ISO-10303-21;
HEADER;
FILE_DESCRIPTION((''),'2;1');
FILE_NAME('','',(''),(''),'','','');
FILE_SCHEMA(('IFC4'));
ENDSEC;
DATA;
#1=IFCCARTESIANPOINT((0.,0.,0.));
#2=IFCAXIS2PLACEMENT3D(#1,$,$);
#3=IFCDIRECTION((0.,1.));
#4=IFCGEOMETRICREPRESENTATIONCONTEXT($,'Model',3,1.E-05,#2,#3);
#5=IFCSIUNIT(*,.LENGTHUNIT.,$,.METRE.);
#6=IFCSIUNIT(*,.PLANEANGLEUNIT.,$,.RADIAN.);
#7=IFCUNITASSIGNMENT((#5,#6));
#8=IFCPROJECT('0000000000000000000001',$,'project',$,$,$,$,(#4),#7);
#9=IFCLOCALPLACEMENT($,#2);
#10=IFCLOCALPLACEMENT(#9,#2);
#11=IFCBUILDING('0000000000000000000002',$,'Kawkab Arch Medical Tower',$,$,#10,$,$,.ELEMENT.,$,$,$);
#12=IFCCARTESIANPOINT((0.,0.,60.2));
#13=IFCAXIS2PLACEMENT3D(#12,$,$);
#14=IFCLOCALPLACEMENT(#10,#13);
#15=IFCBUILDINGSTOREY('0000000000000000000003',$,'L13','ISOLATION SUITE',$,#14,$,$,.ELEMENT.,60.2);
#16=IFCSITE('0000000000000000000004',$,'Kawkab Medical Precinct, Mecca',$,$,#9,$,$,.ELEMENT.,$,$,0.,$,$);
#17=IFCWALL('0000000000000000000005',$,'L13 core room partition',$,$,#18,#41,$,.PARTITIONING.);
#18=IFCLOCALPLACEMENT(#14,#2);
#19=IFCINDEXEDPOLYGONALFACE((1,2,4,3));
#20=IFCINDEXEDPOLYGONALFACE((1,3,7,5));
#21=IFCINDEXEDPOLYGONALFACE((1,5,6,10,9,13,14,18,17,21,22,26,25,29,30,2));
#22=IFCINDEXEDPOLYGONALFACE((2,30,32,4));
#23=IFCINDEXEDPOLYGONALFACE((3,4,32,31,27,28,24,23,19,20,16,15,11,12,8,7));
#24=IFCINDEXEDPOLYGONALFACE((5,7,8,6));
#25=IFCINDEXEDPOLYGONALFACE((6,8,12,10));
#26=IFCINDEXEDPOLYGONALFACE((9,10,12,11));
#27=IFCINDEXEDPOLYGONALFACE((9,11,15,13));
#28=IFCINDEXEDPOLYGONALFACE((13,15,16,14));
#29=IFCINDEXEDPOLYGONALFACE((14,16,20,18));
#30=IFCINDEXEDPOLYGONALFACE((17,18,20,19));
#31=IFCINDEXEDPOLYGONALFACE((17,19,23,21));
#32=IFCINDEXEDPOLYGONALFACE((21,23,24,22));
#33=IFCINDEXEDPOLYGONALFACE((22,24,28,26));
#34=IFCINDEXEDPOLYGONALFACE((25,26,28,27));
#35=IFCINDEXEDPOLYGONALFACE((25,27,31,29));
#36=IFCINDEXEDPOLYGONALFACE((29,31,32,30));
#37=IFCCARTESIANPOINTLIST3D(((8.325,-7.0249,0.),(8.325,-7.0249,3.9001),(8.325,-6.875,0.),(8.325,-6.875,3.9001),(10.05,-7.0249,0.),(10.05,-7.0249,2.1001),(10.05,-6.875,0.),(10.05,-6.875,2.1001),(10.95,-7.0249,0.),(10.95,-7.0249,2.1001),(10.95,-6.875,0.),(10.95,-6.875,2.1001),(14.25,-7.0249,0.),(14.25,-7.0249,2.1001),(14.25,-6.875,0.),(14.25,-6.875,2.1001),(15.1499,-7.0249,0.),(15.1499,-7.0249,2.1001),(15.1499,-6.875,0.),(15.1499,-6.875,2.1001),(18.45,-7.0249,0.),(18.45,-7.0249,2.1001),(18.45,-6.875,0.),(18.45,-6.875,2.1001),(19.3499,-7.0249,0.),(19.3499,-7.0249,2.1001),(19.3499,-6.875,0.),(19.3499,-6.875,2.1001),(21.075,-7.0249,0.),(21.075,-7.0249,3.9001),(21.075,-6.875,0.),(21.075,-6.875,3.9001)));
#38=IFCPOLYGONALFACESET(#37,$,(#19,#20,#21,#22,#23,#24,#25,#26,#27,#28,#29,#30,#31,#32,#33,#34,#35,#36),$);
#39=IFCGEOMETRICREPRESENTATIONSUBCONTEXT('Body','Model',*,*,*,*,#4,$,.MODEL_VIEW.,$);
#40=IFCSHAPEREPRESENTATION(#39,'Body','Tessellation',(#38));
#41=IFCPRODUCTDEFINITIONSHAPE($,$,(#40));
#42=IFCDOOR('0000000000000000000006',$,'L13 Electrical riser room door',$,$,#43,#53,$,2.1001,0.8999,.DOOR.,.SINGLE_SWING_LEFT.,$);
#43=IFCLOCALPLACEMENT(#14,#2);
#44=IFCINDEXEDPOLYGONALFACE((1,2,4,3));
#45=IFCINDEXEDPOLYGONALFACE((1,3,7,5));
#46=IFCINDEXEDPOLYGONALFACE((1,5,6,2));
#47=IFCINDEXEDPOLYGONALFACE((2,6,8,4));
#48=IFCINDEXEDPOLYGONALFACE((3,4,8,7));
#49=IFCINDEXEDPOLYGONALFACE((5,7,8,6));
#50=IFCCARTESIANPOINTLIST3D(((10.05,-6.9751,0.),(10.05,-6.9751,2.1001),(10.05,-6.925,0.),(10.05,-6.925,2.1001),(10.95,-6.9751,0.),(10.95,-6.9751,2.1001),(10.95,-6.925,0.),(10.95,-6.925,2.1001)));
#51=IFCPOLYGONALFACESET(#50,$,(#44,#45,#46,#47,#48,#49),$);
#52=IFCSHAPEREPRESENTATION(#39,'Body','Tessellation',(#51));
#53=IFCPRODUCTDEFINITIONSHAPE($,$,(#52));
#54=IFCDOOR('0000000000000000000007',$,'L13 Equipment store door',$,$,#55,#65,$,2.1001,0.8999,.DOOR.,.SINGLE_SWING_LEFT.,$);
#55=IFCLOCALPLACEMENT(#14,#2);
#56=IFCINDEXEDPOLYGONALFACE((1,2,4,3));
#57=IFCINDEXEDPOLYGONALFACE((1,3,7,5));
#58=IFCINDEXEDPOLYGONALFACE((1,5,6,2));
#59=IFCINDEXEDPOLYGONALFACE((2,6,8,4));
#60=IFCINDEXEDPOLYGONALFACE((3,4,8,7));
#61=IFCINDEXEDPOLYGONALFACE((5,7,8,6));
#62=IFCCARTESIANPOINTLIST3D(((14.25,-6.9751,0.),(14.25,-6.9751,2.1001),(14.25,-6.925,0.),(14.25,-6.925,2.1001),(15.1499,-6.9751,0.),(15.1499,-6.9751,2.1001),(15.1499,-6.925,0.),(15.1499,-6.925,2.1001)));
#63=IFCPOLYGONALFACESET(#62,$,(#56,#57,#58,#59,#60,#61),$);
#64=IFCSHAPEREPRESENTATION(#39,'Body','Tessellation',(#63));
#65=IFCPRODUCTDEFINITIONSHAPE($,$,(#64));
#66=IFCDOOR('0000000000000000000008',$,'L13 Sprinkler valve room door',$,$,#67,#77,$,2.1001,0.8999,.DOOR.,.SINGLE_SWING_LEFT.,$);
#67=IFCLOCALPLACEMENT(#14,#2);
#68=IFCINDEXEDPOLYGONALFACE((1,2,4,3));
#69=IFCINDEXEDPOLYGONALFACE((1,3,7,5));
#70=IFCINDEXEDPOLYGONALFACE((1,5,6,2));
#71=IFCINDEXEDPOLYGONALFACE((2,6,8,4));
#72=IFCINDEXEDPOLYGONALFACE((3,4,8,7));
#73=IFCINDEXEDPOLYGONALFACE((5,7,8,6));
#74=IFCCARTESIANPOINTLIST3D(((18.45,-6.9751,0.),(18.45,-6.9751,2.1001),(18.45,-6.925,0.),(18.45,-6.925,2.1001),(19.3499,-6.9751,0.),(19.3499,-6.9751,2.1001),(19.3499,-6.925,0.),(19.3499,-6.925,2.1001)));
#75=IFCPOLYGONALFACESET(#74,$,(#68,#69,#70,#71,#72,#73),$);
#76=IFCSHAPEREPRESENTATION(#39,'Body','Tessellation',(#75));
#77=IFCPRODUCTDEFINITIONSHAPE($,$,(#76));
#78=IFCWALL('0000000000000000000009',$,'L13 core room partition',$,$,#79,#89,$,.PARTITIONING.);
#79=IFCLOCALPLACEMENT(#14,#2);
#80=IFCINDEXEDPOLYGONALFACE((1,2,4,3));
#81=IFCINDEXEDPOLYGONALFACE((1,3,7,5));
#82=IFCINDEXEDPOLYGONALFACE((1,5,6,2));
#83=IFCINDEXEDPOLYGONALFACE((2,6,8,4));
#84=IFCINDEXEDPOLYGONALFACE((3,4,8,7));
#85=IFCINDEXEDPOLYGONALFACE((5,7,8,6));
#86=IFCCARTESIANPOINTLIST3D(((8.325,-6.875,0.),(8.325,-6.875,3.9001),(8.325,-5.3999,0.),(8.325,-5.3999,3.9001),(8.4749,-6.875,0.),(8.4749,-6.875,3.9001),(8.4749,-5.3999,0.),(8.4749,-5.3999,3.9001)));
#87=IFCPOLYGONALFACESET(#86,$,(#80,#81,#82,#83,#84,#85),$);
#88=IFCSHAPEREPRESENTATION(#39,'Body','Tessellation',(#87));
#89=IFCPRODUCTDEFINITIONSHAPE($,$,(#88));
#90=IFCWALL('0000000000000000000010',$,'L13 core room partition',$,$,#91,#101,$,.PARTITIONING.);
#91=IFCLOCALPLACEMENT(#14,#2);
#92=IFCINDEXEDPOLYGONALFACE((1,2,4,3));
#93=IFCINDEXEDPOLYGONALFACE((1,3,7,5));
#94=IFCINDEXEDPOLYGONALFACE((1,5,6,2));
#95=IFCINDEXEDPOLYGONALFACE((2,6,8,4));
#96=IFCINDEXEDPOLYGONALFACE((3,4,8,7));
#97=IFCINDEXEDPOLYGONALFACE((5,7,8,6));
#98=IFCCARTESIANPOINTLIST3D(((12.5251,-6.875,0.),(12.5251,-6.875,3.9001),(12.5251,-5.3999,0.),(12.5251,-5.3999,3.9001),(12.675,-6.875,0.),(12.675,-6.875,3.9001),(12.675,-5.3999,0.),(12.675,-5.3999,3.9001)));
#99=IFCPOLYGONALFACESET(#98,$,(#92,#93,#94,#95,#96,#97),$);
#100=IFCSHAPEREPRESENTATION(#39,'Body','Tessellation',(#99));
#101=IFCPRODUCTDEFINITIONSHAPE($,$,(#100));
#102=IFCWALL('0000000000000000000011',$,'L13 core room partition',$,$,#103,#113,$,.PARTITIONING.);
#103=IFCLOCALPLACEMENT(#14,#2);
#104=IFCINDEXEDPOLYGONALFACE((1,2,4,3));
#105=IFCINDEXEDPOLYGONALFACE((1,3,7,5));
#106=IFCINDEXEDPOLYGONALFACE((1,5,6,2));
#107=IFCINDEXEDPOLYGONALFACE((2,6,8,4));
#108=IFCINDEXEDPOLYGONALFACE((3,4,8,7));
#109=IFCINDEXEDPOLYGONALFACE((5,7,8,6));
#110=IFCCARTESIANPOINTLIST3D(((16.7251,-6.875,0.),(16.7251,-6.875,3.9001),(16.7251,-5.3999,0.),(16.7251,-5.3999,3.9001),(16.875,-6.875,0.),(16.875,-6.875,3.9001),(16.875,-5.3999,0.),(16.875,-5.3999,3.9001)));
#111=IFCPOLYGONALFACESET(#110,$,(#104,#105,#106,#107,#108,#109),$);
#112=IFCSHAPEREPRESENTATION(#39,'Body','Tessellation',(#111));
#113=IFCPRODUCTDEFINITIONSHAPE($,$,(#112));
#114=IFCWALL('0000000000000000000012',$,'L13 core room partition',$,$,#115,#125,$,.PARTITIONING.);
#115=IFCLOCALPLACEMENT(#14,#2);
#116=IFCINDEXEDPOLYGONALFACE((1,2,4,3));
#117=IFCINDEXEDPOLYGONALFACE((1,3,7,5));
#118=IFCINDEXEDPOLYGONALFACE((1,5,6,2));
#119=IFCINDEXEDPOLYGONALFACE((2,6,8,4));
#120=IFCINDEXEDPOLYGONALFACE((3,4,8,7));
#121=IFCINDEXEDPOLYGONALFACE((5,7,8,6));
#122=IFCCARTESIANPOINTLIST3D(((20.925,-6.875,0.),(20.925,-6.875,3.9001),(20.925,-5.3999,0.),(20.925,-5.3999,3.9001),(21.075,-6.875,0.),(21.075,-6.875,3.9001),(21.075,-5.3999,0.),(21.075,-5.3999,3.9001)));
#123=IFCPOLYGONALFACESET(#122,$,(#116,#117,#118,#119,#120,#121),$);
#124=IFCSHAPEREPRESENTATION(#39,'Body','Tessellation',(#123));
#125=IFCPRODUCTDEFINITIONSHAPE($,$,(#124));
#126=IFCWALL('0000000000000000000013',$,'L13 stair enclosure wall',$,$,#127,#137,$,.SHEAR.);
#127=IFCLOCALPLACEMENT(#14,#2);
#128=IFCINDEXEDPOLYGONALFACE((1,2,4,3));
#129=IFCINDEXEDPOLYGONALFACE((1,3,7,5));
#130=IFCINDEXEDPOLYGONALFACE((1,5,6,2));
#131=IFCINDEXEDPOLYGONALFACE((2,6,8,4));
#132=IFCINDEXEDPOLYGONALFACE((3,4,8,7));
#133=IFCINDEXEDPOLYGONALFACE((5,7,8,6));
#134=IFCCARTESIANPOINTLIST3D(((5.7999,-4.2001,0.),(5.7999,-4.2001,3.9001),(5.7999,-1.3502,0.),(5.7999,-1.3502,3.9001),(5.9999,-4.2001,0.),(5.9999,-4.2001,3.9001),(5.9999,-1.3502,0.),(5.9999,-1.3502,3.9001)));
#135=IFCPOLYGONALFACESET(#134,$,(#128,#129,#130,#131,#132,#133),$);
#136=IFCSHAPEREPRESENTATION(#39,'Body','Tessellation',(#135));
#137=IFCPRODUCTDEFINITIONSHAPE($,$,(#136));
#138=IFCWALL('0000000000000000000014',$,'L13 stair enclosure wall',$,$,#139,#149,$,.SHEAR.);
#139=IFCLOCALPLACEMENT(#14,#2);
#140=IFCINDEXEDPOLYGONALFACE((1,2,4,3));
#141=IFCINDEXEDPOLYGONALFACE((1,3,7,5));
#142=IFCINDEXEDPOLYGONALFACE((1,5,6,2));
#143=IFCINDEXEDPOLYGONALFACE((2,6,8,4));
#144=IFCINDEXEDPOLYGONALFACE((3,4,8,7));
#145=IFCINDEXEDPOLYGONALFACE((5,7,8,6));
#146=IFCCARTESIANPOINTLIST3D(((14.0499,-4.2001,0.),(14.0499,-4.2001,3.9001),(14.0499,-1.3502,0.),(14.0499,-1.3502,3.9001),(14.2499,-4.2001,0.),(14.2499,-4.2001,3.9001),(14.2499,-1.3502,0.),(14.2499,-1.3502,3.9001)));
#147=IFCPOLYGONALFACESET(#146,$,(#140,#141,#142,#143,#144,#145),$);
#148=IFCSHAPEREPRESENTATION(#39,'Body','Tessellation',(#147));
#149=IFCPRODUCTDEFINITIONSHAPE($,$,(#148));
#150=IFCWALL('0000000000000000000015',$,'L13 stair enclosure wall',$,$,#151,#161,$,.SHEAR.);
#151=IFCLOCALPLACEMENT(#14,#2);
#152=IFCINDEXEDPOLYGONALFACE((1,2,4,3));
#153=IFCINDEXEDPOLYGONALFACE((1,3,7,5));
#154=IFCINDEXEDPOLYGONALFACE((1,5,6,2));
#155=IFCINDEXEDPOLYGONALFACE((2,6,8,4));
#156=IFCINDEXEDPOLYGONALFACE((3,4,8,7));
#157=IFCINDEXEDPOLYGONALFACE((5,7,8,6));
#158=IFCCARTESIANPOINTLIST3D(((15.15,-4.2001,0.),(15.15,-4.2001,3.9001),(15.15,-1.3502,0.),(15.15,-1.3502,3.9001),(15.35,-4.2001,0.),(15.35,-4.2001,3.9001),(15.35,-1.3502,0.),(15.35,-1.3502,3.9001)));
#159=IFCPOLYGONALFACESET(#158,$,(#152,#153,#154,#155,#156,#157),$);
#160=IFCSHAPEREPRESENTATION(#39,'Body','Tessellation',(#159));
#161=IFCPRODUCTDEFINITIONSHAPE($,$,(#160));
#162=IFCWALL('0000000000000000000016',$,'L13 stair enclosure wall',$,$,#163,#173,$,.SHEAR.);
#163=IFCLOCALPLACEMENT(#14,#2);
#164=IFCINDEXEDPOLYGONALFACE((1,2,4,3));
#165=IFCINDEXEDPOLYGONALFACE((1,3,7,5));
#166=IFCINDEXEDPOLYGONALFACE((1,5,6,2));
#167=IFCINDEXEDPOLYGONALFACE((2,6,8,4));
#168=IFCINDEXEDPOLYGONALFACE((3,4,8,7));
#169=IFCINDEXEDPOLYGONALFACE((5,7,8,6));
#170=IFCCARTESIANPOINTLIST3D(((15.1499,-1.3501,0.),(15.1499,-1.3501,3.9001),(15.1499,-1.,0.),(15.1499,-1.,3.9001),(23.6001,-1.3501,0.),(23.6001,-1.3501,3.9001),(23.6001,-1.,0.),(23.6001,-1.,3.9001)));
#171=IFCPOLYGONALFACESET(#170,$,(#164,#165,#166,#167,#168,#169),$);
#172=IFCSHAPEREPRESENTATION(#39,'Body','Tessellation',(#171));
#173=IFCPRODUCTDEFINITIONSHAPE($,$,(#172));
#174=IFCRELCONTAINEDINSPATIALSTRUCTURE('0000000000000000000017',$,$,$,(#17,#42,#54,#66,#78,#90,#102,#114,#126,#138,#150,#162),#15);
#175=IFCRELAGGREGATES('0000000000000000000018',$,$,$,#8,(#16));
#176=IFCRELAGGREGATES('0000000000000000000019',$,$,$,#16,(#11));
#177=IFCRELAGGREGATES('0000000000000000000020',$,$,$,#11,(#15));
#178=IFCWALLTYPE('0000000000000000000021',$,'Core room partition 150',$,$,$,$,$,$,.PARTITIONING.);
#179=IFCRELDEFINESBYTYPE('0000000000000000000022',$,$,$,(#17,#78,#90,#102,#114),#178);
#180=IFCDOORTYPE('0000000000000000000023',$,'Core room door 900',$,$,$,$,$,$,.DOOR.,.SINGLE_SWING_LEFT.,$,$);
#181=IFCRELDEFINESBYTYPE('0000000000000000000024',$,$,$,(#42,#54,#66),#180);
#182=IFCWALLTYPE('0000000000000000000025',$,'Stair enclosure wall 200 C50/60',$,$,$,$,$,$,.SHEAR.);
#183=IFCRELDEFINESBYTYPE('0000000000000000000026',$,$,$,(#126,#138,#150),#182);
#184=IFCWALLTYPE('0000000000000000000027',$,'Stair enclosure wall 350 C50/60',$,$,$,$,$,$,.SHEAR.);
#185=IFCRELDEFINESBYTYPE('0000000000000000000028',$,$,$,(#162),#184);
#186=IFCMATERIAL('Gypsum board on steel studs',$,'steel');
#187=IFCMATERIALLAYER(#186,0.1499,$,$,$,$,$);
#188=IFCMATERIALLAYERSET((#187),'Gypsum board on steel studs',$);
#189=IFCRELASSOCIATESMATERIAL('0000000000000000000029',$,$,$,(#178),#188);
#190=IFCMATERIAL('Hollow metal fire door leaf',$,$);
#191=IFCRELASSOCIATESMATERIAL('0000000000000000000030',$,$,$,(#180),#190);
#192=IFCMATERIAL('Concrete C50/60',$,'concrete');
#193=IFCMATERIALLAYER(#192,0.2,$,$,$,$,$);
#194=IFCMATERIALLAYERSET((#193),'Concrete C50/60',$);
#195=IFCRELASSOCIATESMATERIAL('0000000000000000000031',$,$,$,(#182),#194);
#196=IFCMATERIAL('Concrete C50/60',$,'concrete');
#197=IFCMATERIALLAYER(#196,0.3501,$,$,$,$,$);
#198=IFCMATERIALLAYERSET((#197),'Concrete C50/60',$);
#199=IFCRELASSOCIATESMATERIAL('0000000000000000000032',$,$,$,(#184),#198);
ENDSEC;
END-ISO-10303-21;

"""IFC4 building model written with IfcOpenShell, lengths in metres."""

from ifc_helpers import new_model, si_unit, direction, frame, frame_2d, origin, place, context, subcontext, project, spatial, rectangle, extrude, material, layer, layer_set, type_object, element, fill, save


model = new_model("IFC4")

# Units and contexts
model_context = context("Model", 3, precision=1e-05, world=origin(), true_north=direction((0.0, 1.0)))
body_context = subcontext(model_context, "Body", "Model", "MODEL_VIEW")
ifc_project = project(units=[si_unit("LENGTHUNIT", "METRE"), si_unit("PLANEANGLEUNIT", "RADIAN")], contexts=[model_context])

# Site, building, storey
site_placement = place(None, origin())
site = spatial("IfcSite", under=ifc_project, at=site_placement, Name="Kawkab Medical Precinct, Mecca", CompositionType="ELEMENT", RefElevation=0.0)
building_placement = place(site_placement, origin())
building = spatial("IfcBuilding", under=site, at=building_placement, Name="Kawkab Arch Medical Tower", CompositionType="ELEMENT")
storey_placement = place(building_placement, frame((0.0, 0.0, 60.2)))
storey = spatial("IfcBuildingStorey", under=building, at=storey_placement, Name="L13", Description="ISOLATION SUITE", CompositionType="ELEMENT", Elevation=60.2)

# Wall, openings, doors
ifc_material_1 = material(Name="Gypsum board on steel studs", Category="steel")
ifc_layer_1 = layer(ifc_material_1, 0.1499)
ifc_layer_set_1 = layer_set([ifc_layer_1], Name="Gypsum board on steel studs")
wall_type_1 = type_object("IfcWallType", Name="Core room partition 150", PredefinedType="PARTITIONING", material=ifc_layer_set_1)
wall_1_placement = place(storey_placement, frame((8.325, -6.95, 0.0), z_axis=(0.0, 0.0, 1.0), x_axis=(1.0, 0.0, 0.0)))
wall_1 = element("IfcWall", 1, at=wall_1_placement, inside=storey, type_object=wall_type_1, Name="L13 core room partition", PredefinedType="PARTITIONING", context=body_context, shape_type="SweptSolid", body=[
    extrude(rectangle(XDim=12.75, YDim=0.1499, at=frame_2d((6.375, 0.0))), origin(), (0.0, 0.0, 1.0), 3.9001),
])
opening_1_placement = place(wall_1_placement, frame((1.7251, 0.0, 0.0)))
opening_1 = element("IfcOpeningElement", 2, at=opening_1_placement, cuts=wall_1, PredefinedType="OPENING", context=body_context, shape_type="SweptSolid", body=[
    extrude(rectangle(XDim=0.8999, YDim=2.1001, at=frame_2d((0.45, 1.05))), frame((0.0, 0.085, 0.0), z_axis=(0.0, -1.0, 0.0), x_axis=(1.0, 0.0, 0.0)), (0.0, 0.0, 1.0), 0.1699),
])
opening_2_placement = place(wall_1_placement, frame((5.925, 0.0, 0.0)))
opening_2 = element("IfcOpeningElement", 3, at=opening_2_placement, cuts=wall_1, PredefinedType="OPENING", context=body_context, shape_type="SweptSolid", body=[
    extrude(rectangle(XDim=0.8999, YDim=2.1001, at=frame_2d((0.45, 1.05))), frame((0.0, 0.085, 0.0), z_axis=(0.0, -1.0, 0.0), x_axis=(1.0, 0.0, 0.0)), (0.0, 0.0, 1.0), 0.1699),
])
opening_3_placement = place(wall_1_placement, frame((10.125, 0.0, 0.0)))
opening_3 = element("IfcOpeningElement", 4, at=opening_3_placement, cuts=wall_1, PredefinedType="OPENING", context=body_context, shape_type="SweptSolid", body=[
    extrude(rectangle(XDim=0.8999, YDim=2.1001, at=frame_2d((0.45, 1.05))), frame((0.0, 0.085, 0.0), z_axis=(0.0, -1.0, 0.0), x_axis=(1.0, 0.0, 0.0)), (0.0, 0.0, 1.0), 0.1699),
])
ifc_material_2 = material(Name="Hollow metal fire door leaf")
door_type = type_object("IfcDoorType", Name="Core room door 900", OperationType="SINGLE_SWING_LEFT", PredefinedType="DOOR", material=ifc_material_2)
door_1_placement = place(opening_1_placement, origin())
door_1 = element("IfcDoor", 5, at=door_1_placement, inside=storey, type_object=door_type, Name="L13 Electrical riser room door", OperationType="SINGLE_SWING_LEFT", OverallHeight=2.1001, OverallWidth=0.8999, PredefinedType="DOOR", context=body_context, shape_type="SweptSolid", body=[
    extrude(rectangle(XDim=0.8999, YDim=2.1001, at=frame_2d((0.45, 1.05))), frame((0.0, 0.0249, 0.0), z_axis=(0.0, -1.0, 0.0), x_axis=(1.0, 0.0, 0.0)), (0.0, 0.0, 1.0), 0.05),
])
fill(opening_1, door_1)
door_2_placement = place(opening_2_placement, origin())
door_2 = element("IfcDoor", 6, at=door_2_placement, inside=storey, type_object=door_type, Name="L13 Equipment store door", OperationType="SINGLE_SWING_LEFT", OverallHeight=2.1001, OverallWidth=0.8999, PredefinedType="DOOR", context=body_context, shape_type="SweptSolid", body=[
    extrude(rectangle(XDim=0.8999, YDim=2.1001, at=frame_2d((0.45, 1.05))), frame((0.0, 0.0249, 0.0), z_axis=(0.0, -1.0, 0.0), x_axis=(1.0, 0.0, 0.0)), (0.0, 0.0, 1.0), 0.05),
])
fill(opening_2, door_2)
door_3_placement = place(opening_3_placement, origin())
door_3 = element("IfcDoor", 7, at=door_3_placement, inside=storey, type_object=door_type, Name="L13 Sprinkler valve room door", OperationType="SINGLE_SWING_LEFT", OverallHeight=2.1001, OverallWidth=0.8999, PredefinedType="DOOR", context=body_context, shape_type="SweptSolid", body=[
    extrude(rectangle(XDim=0.8999, YDim=2.1001, at=frame_2d((0.45, 1.05))), frame((0.0, 0.0249, 0.0), z_axis=(0.0, -1.0, 0.0), x_axis=(1.0, 0.0, 0.0)), (0.0, 0.0, 1.0), 0.05),
])
fill(opening_3, door_3)

# Walls
for number, where, z_axis, x_axis, name in (
    (8, (8.3999, -6.875, 0.0), (0.0, 0.0, 1.0), (0.0, 1.0, 0.0), "L13 core room partition"),
    (9, (12.6001, -6.875, 0.0), (0.0, 0.0, 1.0), (0.0, 1.0, 0.0), "L13 core room partition"),
    (10, (16.8, -6.875, 0.0), (0.0, 0.0, 1.0), (0.0, 1.0, 0.0), "L13 core room partition"),
    (11, (21.0, -6.875, 0.0), (0.0, 0.0, 1.0), (0.0, 1.0, 0.0), "L13 core room partition"),
):
    element("IfcWall", number, at=place(storey_placement, frame(where, z_axis=z_axis, x_axis=x_axis)), inside=storey, type_object=wall_type_1, Name=name, PredefinedType="PARTITIONING", context=body_context, shape_type="SweptSolid", body=[
        extrude(rectangle(XDim=1.4751, YDim=0.1499, at=frame_2d((0.7375, 0.0))), origin(), (0.0, 0.0, 1.0), 3.9001),
    ])
ifc_material_3 = material(Name="Concrete C50/60", Category="concrete")
ifc_layer_2 = layer(ifc_material_3, 0.2)
ifc_layer_set_2 = layer_set([ifc_layer_2], Name="Concrete C50/60")
wall_type_2 = type_object("IfcWallType", Name="Stair enclosure wall 200 C50/60", PredefinedType="SHEAR", material=ifc_layer_set_2)
for number, where, z_axis, x_axis, name in (
    (12, (5.8999, -4.2, 0.0), (0.0, 0.0, 1.0), (0.0, 1.0, 0.0), "L13 stair enclosure wall"),
    (13, (14.1499, -4.2, 0.0), (0.0, 0.0, 1.0), (0.0, 1.0, 0.0), "L13 stair enclosure wall"),
    (14, (15.25, -4.2, 0.0), (0.0, 0.0, 1.0), (0.0, 1.0, 0.0), "L13 stair enclosure wall"),
):
    element("IfcWall", number, at=place(storey_placement, frame(where, z_axis=z_axis, x_axis=x_axis)), inside=storey, type_object=wall_type_2, Name=name, PredefinedType="SHEAR", context=body_context, shape_type="SweptSolid", body=[
        extrude(rectangle(XDim=2.8499, YDim=0.2, at=frame_2d((1.4248, 0.0))), origin(), (0.0, 0.0, 1.0), 3.9001),
    ])
ifc_material_4 = material(Name="Concrete C50/60", Category="concrete")
ifc_layer_3 = layer(ifc_material_4, 0.3501)
ifc_layer_set_3 = layer_set([ifc_layer_3], Name="Concrete C50/60")
wall_type_3 = type_object("IfcWallType", Name="Stair enclosure wall 350 C50/60", PredefinedType="SHEAR", material=ifc_layer_set_3)
wall_2_placement = place(storey_placement, frame((15.1499, -1.175, 0.0), z_axis=(0.0, 0.0, 1.0), x_axis=(1.0, 0.0, 0.0)))
element("IfcWall", 15, at=wall_2_placement, inside=storey, type_object=wall_type_3, Name="L13 stair enclosure wall", PredefinedType="SHEAR", context=body_context, shape_type="SweptSolid", body=[
    extrude(rectangle(XDim=8.4502, YDim=0.3501, at=frame_2d((4.2251, 0.0))), origin(), (0.0, 0.0, 1.0), 3.9001),
])

save(model, "model.ifc")
